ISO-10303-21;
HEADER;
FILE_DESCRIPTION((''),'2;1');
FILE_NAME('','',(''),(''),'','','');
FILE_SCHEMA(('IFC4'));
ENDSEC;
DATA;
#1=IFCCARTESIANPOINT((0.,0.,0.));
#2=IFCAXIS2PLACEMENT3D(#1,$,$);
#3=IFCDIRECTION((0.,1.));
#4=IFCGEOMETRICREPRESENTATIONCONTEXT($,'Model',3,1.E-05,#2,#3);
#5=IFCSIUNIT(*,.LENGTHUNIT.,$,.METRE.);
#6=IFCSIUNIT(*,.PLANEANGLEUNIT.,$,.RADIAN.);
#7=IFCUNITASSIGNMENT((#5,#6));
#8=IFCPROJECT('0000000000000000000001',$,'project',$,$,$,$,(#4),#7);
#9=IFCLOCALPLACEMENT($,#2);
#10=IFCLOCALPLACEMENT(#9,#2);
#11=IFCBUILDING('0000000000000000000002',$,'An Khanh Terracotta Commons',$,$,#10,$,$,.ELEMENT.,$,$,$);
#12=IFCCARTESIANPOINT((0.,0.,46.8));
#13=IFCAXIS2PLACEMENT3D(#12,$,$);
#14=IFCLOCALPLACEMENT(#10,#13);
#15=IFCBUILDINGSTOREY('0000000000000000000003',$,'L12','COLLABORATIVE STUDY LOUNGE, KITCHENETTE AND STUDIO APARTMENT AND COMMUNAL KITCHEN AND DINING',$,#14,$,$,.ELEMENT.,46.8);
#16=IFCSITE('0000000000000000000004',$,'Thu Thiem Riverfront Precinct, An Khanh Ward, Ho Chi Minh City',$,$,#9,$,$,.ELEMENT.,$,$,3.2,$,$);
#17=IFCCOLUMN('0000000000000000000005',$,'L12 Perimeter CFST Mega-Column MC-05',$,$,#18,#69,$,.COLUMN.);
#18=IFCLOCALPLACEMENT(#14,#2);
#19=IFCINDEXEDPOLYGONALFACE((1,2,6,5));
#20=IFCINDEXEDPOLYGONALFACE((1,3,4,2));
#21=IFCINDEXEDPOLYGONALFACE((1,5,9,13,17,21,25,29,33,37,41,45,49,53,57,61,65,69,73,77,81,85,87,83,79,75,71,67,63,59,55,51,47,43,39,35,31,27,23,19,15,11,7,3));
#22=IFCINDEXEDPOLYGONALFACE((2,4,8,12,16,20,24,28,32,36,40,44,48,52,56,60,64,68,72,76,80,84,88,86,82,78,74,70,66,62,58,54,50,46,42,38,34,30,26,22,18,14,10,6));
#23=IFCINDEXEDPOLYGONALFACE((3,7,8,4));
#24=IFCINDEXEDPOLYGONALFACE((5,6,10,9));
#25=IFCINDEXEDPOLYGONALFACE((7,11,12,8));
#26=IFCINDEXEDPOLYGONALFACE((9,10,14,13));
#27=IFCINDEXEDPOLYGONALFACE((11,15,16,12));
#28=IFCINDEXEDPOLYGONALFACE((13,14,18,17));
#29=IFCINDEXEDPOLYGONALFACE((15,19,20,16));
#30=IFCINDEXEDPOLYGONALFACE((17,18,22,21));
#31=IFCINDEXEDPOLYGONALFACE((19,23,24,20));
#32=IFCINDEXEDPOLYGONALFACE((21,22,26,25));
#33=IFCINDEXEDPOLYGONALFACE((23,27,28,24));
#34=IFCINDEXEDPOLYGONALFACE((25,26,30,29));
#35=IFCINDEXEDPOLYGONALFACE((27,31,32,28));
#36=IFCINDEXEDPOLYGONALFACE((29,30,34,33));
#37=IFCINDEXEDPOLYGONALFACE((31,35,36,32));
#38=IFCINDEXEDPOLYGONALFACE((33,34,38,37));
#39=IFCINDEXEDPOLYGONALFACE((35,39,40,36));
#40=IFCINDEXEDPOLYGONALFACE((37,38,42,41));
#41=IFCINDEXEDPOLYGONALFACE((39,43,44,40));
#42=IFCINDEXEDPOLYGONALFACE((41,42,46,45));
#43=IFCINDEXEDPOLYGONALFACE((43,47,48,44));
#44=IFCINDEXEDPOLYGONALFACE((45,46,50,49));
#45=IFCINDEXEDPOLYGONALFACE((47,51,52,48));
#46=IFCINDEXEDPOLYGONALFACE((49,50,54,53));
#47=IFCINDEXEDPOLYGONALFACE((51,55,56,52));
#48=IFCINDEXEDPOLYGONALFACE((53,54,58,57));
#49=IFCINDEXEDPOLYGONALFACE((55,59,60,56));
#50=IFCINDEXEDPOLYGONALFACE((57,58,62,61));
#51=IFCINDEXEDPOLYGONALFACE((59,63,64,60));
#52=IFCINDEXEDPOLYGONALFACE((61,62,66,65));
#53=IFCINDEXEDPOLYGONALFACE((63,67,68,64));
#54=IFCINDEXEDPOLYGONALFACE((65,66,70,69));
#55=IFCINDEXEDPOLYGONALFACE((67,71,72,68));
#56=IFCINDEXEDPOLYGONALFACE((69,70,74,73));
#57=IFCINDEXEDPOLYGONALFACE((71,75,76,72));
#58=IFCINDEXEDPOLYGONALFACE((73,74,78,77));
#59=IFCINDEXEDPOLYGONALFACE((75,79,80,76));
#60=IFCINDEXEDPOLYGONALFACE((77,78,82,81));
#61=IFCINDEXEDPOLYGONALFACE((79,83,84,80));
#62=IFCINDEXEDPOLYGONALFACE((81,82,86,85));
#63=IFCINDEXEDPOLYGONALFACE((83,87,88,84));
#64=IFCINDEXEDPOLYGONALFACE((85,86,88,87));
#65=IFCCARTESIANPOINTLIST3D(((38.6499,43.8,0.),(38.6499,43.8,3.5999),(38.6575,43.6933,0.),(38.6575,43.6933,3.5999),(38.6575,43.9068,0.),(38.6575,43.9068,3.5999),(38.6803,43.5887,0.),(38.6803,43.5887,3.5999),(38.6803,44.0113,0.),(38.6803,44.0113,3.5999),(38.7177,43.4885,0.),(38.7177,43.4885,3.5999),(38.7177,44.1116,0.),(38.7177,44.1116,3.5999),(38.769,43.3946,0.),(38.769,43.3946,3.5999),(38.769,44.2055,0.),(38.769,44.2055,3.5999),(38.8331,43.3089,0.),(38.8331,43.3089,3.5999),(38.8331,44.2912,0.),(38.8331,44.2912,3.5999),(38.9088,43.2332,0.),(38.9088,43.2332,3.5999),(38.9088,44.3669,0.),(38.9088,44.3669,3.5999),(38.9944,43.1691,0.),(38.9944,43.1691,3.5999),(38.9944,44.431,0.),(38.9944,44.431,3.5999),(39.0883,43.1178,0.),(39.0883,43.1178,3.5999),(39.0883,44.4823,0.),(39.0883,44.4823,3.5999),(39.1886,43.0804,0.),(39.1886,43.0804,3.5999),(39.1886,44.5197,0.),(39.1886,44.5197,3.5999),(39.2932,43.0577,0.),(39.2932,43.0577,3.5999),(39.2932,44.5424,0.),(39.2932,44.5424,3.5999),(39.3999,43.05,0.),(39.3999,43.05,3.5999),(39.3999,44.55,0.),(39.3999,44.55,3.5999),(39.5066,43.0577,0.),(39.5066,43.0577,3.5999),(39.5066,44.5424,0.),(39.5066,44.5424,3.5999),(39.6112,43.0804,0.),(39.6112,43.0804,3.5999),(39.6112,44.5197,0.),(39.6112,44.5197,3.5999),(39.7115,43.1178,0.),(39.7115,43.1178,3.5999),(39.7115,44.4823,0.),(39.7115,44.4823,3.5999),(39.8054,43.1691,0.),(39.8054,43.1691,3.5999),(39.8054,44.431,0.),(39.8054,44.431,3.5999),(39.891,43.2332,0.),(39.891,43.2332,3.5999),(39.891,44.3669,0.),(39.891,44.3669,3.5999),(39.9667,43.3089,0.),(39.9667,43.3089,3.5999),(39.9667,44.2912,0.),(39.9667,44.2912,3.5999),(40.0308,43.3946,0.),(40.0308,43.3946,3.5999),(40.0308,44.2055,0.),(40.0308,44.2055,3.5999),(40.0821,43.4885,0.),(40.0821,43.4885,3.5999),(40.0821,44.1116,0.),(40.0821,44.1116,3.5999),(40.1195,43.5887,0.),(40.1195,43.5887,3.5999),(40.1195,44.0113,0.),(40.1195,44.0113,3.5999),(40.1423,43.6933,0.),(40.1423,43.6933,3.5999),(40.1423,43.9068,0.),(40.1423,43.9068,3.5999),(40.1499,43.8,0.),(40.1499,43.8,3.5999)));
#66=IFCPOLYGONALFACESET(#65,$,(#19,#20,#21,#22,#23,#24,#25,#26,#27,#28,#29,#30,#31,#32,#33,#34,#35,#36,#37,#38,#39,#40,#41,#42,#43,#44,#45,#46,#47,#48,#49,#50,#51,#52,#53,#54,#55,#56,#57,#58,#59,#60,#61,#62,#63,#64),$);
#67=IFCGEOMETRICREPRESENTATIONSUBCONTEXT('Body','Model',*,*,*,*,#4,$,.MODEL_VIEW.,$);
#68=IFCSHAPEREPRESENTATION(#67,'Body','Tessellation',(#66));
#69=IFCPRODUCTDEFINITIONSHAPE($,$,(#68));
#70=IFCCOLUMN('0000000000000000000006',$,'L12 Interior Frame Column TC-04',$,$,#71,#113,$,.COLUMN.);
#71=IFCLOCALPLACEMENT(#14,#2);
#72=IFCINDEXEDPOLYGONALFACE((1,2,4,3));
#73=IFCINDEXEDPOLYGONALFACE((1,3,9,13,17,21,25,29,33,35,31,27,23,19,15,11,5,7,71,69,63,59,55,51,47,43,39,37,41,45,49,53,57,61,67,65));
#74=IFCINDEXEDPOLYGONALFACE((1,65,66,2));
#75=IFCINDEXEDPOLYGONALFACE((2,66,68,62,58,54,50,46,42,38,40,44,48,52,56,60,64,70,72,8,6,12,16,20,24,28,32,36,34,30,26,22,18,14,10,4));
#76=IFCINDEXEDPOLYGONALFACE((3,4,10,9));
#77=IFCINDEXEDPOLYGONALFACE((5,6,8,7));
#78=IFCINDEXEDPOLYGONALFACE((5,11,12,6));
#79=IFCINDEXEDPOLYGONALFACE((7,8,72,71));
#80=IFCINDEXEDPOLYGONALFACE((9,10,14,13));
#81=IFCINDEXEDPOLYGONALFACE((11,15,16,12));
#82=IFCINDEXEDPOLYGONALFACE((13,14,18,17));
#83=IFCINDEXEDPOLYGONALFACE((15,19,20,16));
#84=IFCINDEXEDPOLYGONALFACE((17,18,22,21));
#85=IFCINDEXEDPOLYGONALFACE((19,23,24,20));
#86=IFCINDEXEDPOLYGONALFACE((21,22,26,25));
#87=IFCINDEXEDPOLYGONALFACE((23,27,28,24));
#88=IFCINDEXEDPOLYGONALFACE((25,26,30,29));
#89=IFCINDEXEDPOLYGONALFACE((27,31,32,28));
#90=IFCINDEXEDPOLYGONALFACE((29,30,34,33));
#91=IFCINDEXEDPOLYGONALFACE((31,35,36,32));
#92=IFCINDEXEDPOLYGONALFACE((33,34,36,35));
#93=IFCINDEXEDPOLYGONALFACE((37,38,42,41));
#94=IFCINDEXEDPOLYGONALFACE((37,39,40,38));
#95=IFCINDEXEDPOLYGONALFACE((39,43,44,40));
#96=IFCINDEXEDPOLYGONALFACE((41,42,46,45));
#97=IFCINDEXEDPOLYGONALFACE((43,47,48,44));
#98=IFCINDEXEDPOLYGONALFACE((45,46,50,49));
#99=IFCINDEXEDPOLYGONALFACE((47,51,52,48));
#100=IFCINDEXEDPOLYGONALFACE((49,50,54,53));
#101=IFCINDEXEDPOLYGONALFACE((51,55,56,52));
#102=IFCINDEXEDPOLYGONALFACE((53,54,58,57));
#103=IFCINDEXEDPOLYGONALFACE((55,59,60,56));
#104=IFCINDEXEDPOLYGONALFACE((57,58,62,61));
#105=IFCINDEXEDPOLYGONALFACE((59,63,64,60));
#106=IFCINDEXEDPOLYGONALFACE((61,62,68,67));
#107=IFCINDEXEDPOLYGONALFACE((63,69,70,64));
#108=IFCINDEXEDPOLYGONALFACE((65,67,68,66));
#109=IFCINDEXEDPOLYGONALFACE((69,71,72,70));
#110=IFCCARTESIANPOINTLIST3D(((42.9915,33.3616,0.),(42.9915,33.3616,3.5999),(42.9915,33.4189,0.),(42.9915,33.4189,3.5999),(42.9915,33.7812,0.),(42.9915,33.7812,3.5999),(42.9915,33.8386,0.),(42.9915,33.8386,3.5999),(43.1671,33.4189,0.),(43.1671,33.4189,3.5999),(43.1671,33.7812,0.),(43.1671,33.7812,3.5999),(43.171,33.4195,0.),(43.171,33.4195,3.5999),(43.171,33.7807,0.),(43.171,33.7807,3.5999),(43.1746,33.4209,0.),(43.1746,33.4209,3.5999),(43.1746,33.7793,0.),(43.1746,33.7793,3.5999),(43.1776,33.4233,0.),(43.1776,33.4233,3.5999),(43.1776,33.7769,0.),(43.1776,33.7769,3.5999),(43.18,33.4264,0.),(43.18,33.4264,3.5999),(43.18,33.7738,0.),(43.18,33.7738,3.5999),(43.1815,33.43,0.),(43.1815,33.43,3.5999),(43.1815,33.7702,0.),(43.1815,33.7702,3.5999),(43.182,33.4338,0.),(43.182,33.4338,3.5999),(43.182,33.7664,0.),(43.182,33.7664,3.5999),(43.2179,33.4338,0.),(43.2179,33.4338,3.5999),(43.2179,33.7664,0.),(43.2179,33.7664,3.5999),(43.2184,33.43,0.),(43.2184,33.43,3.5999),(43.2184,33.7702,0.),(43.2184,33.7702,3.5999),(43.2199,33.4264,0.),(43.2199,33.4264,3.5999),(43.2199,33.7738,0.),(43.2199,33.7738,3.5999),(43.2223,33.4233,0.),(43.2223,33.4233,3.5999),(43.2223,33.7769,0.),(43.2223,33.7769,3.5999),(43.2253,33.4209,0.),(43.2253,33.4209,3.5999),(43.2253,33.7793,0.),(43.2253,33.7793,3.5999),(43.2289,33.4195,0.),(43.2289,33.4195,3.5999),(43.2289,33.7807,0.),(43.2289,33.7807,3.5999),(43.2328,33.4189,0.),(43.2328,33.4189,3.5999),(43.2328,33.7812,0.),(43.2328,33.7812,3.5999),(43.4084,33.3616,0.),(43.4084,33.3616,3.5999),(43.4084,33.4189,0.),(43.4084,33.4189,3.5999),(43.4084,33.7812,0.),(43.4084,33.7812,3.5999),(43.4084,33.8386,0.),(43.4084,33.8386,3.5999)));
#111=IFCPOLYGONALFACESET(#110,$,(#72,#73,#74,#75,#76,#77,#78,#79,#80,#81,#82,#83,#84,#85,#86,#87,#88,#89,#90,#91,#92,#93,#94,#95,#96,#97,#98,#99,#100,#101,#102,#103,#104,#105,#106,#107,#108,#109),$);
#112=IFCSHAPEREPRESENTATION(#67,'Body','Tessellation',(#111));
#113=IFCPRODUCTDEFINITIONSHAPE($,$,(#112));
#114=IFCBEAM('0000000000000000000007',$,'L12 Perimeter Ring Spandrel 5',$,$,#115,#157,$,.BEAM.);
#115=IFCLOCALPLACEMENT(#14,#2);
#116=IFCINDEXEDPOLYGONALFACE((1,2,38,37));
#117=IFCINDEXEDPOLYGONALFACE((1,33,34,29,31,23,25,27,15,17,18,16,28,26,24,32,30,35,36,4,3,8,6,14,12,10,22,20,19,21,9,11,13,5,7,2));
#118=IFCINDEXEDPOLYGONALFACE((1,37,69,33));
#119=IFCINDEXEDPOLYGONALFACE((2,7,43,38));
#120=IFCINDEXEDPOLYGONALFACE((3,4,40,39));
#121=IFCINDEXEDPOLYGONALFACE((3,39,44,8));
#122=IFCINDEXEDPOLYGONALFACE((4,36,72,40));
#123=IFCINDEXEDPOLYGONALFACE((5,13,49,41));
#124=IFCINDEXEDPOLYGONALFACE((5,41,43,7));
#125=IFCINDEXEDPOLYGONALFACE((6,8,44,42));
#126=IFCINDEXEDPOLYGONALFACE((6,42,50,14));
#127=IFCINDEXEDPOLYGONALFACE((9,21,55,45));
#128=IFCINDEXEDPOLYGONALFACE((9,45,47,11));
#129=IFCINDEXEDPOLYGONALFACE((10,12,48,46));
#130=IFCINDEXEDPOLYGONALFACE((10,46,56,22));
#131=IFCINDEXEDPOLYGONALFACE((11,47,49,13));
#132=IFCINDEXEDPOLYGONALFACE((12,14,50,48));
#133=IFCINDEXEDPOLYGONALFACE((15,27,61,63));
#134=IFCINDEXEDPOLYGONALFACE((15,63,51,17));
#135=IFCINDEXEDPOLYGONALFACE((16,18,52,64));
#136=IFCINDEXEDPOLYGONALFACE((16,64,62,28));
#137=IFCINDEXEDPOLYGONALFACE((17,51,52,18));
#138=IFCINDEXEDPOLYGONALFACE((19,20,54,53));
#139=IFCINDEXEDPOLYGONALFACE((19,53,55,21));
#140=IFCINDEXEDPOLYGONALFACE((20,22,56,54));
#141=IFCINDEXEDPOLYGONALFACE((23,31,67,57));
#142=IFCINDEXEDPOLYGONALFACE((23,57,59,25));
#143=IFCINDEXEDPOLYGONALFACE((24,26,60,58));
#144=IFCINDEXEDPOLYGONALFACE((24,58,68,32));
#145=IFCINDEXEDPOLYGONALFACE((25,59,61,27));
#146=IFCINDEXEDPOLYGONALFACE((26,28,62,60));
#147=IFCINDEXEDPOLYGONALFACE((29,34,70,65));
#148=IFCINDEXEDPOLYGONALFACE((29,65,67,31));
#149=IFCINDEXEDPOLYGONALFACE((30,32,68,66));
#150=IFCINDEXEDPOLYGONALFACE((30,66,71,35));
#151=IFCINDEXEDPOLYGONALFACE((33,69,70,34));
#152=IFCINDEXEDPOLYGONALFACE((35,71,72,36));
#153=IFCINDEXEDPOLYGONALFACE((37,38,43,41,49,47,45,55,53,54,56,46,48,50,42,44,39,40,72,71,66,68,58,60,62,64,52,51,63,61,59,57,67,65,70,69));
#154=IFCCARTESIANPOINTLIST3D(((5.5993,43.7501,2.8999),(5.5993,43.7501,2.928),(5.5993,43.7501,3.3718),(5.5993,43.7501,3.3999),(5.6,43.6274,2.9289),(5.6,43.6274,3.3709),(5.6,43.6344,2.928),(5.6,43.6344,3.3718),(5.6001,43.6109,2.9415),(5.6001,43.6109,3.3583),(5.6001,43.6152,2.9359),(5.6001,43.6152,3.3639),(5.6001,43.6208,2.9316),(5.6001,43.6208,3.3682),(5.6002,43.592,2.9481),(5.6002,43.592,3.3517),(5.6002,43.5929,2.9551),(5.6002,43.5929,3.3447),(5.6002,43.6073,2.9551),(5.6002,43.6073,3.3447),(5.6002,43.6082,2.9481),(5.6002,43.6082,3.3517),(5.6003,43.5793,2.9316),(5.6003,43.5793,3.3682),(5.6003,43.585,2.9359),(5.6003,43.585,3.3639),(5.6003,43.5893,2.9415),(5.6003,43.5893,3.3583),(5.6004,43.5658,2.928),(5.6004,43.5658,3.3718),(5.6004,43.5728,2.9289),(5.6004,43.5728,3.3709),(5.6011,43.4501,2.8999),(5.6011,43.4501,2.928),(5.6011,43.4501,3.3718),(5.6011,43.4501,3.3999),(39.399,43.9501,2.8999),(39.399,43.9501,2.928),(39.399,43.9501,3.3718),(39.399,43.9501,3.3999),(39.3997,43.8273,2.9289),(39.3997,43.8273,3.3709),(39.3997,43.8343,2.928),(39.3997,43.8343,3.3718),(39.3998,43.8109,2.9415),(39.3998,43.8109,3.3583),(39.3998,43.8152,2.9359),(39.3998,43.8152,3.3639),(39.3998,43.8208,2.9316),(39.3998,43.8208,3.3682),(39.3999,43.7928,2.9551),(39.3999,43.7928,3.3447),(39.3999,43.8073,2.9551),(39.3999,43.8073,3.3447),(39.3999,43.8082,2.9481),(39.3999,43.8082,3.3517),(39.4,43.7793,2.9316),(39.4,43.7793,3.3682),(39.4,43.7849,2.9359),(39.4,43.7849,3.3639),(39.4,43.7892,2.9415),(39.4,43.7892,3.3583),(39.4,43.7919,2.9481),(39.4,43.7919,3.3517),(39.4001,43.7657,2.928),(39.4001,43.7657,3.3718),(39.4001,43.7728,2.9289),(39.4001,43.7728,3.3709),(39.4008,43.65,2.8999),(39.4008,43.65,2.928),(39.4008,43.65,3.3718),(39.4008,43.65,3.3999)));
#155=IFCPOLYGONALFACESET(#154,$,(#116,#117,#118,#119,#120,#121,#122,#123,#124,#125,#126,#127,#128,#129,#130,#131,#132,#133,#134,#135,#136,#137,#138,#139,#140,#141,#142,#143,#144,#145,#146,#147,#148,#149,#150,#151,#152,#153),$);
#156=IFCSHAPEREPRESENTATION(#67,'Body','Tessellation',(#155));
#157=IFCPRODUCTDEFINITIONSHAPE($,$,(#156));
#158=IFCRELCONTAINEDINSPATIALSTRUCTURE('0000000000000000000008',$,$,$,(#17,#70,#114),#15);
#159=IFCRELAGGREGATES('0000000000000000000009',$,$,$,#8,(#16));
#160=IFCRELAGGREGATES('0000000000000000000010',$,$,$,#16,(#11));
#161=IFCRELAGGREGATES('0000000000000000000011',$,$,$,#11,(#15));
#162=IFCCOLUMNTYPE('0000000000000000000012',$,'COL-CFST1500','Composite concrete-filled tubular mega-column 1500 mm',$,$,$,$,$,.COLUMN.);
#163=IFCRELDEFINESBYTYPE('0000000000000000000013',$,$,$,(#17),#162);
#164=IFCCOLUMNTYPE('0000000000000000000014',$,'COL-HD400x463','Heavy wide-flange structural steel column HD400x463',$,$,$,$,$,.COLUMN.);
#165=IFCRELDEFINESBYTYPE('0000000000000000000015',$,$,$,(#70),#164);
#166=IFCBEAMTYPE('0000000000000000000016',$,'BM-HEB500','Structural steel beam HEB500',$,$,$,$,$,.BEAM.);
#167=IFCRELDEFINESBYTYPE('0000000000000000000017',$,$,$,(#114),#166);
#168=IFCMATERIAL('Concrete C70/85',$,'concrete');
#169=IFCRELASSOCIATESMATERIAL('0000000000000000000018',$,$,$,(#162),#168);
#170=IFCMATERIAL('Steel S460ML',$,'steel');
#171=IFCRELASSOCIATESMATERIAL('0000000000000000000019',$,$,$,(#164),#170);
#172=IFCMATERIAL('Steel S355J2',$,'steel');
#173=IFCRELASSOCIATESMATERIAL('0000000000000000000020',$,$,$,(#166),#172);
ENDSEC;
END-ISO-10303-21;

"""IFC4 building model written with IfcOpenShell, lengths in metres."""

from ifc_helpers import new_model, si_unit, direction, frame, origin, origin_2d, place, context, subcontext, project, spatial, circle, i_section, extrude, material, material_profile, profile_set, type_object, element, save


model = new_model("IFC4")

# Units and contexts
model_context = context("Model", 3, precision=1e-05, world=origin(), true_north=direction((0.0, 1.0)))
body_context = subcontext(model_context, "Body", "Model", "MODEL_VIEW")
ifc_project = project(units=[si_unit("LENGTHUNIT", "METRE"), si_unit("PLANEANGLEUNIT", "RADIAN")], contexts=[model_context])

# Site, building, storey
site_placement = place(None, origin())
site = spatial("IfcSite", under=ifc_project, at=site_placement, Name="Thu Thiem Riverfront Precinct, An Khanh Ward, Ho Chi Minh City", CompositionType="ELEMENT", RefElevation=3.2)
building_placement = place(site_placement, origin())
building = spatial("IfcBuilding", under=site, at=building_placement, Name="An Khanh Terracotta Commons", CompositionType="ELEMENT")
storey_placement = place(building_placement, frame((0.0, 0.0, 46.8)))
storey = spatial("IfcBuildingStorey", under=building, at=storey_placement, Name="L12", Description="COLLABORATIVE STUDY LOUNGE, KITCHENETTE AND STUDIO APARTMENT AND COMMUNAL KITCHEN AND DINING", CompositionType="ELEMENT", Elevation=46.8)

# Columns
ifc_material_1 = material(Name="Concrete C70/85", Category="concrete")
ifc_material_profile_1 = material_profile(ifc_material_1, circle(Radius=0.75, at=origin_2d()), Name="CFST1500")
ifc_profile_set_1 = profile_set([ifc_material_profile_1], Name="Concrete C70/85")
column_type_1 = type_object("IfcColumnType", Name="COL-CFST1500", Description="Composite concrete-filled tubular mega-column 1500 mm", PredefinedType="COLUMN", material=ifc_profile_set_1)
column_1_placement = place(storey_placement, frame((39.3999, 43.8, 0.0), z_axis=(0.0, 0.0, 1.0), x_axis=(1.0, 0.0, 0.0)))
element("IfcColumn", 1, at=column_1_placement, inside=storey, type_object=column_type_1, Name="L12 Perimeter CFST Mega-Column MC-05", PredefinedType="COLUMN", context=body_context, shape_type="SweptSolid", body=[
    extrude(circle(Radius=0.75, at=origin_2d()), origin(), (0.0, 0.0, 1.0), 3.5999),
])
ifc_material_2 = material(Name="Steel S460ML", Category="steel")
ifc_material_profile_2 = material_profile(ifc_material_2, i_section(OverallWidth=0.417, OverallDepth=0.4771, WebThickness=0.0359, FlangeThickness=0.0574, FilletRadius=0.0149, at=origin_2d()), Name="HD400x463")
ifc_profile_set_2 = profile_set([ifc_material_profile_2], Name="Steel S460ML")
column_type_2 = type_object("IfcColumnType", Name="COL-HD400x463", Description="Heavy wide-flange structural steel column HD400x463", PredefinedType="COLUMN", material=ifc_profile_set_2)
column_2_placement = place(storey_placement, frame((43.2, 33.6001, 0.0), z_axis=(0.0, 0.0, 1.0), x_axis=(1.0, 0.0, 0.0)))
element("IfcColumn", 2, at=column_2_placement, inside=storey, type_object=column_type_2, Name="L12 Interior Frame Column TC-04", PredefinedType="COLUMN", context=body_context, shape_type="SweptSolid", body=[
    extrude(i_section(OverallWidth=0.417, OverallDepth=0.4771, WebThickness=0.0359, FlangeThickness=0.0574, FilletRadius=0.0149, at=origin_2d()), origin(), (0.0, 0.0, 1.0), 3.5999),
])

# Beam
ifc_material_3 = material(Name="Steel S355J2", Category="steel")
ifc_material_profile_3 = material_profile(ifc_material_3, i_section(OverallWidth=0.3, OverallDepth=0.5, WebThickness=0.0144, FlangeThickness=0.0281, FilletRadius=0.0271, at=origin_2d()), Name="HEB500")
ifc_profile_set_3 = profile_set([ifc_material_profile_3], Name="Steel S355J2")
beam_type_1 = type_object("IfcBeamType", Name="BM-HEB500", Description="Structural steel beam HEB500", PredefinedType="BEAM", material=ifc_profile_set_3)
beam_1_placement = place(storey_placement, frame((39.3999, 43.8, 3.1499), z_axis=(-0.999983, -0.005916, 0.0), x_axis=(0.005916, -0.999983, 0.0)))
element("IfcBeam", 3, at=beam_1_placement, inside=storey, type_object=beam_type_1, Name="L12 Perimeter Ring Spandrel 5", PredefinedType="BEAM", context=body_context, shape_type="SweptSolid", body=[
    extrude(i_section(OverallWidth=0.3, OverallDepth=0.5, WebThickness=0.0144, FlangeThickness=0.0281, FilletRadius=0.0271, at=origin_2d()), origin(), (0.0, 0.0, 1.0), 33.8003),
])

save(model, "model.ifc")
